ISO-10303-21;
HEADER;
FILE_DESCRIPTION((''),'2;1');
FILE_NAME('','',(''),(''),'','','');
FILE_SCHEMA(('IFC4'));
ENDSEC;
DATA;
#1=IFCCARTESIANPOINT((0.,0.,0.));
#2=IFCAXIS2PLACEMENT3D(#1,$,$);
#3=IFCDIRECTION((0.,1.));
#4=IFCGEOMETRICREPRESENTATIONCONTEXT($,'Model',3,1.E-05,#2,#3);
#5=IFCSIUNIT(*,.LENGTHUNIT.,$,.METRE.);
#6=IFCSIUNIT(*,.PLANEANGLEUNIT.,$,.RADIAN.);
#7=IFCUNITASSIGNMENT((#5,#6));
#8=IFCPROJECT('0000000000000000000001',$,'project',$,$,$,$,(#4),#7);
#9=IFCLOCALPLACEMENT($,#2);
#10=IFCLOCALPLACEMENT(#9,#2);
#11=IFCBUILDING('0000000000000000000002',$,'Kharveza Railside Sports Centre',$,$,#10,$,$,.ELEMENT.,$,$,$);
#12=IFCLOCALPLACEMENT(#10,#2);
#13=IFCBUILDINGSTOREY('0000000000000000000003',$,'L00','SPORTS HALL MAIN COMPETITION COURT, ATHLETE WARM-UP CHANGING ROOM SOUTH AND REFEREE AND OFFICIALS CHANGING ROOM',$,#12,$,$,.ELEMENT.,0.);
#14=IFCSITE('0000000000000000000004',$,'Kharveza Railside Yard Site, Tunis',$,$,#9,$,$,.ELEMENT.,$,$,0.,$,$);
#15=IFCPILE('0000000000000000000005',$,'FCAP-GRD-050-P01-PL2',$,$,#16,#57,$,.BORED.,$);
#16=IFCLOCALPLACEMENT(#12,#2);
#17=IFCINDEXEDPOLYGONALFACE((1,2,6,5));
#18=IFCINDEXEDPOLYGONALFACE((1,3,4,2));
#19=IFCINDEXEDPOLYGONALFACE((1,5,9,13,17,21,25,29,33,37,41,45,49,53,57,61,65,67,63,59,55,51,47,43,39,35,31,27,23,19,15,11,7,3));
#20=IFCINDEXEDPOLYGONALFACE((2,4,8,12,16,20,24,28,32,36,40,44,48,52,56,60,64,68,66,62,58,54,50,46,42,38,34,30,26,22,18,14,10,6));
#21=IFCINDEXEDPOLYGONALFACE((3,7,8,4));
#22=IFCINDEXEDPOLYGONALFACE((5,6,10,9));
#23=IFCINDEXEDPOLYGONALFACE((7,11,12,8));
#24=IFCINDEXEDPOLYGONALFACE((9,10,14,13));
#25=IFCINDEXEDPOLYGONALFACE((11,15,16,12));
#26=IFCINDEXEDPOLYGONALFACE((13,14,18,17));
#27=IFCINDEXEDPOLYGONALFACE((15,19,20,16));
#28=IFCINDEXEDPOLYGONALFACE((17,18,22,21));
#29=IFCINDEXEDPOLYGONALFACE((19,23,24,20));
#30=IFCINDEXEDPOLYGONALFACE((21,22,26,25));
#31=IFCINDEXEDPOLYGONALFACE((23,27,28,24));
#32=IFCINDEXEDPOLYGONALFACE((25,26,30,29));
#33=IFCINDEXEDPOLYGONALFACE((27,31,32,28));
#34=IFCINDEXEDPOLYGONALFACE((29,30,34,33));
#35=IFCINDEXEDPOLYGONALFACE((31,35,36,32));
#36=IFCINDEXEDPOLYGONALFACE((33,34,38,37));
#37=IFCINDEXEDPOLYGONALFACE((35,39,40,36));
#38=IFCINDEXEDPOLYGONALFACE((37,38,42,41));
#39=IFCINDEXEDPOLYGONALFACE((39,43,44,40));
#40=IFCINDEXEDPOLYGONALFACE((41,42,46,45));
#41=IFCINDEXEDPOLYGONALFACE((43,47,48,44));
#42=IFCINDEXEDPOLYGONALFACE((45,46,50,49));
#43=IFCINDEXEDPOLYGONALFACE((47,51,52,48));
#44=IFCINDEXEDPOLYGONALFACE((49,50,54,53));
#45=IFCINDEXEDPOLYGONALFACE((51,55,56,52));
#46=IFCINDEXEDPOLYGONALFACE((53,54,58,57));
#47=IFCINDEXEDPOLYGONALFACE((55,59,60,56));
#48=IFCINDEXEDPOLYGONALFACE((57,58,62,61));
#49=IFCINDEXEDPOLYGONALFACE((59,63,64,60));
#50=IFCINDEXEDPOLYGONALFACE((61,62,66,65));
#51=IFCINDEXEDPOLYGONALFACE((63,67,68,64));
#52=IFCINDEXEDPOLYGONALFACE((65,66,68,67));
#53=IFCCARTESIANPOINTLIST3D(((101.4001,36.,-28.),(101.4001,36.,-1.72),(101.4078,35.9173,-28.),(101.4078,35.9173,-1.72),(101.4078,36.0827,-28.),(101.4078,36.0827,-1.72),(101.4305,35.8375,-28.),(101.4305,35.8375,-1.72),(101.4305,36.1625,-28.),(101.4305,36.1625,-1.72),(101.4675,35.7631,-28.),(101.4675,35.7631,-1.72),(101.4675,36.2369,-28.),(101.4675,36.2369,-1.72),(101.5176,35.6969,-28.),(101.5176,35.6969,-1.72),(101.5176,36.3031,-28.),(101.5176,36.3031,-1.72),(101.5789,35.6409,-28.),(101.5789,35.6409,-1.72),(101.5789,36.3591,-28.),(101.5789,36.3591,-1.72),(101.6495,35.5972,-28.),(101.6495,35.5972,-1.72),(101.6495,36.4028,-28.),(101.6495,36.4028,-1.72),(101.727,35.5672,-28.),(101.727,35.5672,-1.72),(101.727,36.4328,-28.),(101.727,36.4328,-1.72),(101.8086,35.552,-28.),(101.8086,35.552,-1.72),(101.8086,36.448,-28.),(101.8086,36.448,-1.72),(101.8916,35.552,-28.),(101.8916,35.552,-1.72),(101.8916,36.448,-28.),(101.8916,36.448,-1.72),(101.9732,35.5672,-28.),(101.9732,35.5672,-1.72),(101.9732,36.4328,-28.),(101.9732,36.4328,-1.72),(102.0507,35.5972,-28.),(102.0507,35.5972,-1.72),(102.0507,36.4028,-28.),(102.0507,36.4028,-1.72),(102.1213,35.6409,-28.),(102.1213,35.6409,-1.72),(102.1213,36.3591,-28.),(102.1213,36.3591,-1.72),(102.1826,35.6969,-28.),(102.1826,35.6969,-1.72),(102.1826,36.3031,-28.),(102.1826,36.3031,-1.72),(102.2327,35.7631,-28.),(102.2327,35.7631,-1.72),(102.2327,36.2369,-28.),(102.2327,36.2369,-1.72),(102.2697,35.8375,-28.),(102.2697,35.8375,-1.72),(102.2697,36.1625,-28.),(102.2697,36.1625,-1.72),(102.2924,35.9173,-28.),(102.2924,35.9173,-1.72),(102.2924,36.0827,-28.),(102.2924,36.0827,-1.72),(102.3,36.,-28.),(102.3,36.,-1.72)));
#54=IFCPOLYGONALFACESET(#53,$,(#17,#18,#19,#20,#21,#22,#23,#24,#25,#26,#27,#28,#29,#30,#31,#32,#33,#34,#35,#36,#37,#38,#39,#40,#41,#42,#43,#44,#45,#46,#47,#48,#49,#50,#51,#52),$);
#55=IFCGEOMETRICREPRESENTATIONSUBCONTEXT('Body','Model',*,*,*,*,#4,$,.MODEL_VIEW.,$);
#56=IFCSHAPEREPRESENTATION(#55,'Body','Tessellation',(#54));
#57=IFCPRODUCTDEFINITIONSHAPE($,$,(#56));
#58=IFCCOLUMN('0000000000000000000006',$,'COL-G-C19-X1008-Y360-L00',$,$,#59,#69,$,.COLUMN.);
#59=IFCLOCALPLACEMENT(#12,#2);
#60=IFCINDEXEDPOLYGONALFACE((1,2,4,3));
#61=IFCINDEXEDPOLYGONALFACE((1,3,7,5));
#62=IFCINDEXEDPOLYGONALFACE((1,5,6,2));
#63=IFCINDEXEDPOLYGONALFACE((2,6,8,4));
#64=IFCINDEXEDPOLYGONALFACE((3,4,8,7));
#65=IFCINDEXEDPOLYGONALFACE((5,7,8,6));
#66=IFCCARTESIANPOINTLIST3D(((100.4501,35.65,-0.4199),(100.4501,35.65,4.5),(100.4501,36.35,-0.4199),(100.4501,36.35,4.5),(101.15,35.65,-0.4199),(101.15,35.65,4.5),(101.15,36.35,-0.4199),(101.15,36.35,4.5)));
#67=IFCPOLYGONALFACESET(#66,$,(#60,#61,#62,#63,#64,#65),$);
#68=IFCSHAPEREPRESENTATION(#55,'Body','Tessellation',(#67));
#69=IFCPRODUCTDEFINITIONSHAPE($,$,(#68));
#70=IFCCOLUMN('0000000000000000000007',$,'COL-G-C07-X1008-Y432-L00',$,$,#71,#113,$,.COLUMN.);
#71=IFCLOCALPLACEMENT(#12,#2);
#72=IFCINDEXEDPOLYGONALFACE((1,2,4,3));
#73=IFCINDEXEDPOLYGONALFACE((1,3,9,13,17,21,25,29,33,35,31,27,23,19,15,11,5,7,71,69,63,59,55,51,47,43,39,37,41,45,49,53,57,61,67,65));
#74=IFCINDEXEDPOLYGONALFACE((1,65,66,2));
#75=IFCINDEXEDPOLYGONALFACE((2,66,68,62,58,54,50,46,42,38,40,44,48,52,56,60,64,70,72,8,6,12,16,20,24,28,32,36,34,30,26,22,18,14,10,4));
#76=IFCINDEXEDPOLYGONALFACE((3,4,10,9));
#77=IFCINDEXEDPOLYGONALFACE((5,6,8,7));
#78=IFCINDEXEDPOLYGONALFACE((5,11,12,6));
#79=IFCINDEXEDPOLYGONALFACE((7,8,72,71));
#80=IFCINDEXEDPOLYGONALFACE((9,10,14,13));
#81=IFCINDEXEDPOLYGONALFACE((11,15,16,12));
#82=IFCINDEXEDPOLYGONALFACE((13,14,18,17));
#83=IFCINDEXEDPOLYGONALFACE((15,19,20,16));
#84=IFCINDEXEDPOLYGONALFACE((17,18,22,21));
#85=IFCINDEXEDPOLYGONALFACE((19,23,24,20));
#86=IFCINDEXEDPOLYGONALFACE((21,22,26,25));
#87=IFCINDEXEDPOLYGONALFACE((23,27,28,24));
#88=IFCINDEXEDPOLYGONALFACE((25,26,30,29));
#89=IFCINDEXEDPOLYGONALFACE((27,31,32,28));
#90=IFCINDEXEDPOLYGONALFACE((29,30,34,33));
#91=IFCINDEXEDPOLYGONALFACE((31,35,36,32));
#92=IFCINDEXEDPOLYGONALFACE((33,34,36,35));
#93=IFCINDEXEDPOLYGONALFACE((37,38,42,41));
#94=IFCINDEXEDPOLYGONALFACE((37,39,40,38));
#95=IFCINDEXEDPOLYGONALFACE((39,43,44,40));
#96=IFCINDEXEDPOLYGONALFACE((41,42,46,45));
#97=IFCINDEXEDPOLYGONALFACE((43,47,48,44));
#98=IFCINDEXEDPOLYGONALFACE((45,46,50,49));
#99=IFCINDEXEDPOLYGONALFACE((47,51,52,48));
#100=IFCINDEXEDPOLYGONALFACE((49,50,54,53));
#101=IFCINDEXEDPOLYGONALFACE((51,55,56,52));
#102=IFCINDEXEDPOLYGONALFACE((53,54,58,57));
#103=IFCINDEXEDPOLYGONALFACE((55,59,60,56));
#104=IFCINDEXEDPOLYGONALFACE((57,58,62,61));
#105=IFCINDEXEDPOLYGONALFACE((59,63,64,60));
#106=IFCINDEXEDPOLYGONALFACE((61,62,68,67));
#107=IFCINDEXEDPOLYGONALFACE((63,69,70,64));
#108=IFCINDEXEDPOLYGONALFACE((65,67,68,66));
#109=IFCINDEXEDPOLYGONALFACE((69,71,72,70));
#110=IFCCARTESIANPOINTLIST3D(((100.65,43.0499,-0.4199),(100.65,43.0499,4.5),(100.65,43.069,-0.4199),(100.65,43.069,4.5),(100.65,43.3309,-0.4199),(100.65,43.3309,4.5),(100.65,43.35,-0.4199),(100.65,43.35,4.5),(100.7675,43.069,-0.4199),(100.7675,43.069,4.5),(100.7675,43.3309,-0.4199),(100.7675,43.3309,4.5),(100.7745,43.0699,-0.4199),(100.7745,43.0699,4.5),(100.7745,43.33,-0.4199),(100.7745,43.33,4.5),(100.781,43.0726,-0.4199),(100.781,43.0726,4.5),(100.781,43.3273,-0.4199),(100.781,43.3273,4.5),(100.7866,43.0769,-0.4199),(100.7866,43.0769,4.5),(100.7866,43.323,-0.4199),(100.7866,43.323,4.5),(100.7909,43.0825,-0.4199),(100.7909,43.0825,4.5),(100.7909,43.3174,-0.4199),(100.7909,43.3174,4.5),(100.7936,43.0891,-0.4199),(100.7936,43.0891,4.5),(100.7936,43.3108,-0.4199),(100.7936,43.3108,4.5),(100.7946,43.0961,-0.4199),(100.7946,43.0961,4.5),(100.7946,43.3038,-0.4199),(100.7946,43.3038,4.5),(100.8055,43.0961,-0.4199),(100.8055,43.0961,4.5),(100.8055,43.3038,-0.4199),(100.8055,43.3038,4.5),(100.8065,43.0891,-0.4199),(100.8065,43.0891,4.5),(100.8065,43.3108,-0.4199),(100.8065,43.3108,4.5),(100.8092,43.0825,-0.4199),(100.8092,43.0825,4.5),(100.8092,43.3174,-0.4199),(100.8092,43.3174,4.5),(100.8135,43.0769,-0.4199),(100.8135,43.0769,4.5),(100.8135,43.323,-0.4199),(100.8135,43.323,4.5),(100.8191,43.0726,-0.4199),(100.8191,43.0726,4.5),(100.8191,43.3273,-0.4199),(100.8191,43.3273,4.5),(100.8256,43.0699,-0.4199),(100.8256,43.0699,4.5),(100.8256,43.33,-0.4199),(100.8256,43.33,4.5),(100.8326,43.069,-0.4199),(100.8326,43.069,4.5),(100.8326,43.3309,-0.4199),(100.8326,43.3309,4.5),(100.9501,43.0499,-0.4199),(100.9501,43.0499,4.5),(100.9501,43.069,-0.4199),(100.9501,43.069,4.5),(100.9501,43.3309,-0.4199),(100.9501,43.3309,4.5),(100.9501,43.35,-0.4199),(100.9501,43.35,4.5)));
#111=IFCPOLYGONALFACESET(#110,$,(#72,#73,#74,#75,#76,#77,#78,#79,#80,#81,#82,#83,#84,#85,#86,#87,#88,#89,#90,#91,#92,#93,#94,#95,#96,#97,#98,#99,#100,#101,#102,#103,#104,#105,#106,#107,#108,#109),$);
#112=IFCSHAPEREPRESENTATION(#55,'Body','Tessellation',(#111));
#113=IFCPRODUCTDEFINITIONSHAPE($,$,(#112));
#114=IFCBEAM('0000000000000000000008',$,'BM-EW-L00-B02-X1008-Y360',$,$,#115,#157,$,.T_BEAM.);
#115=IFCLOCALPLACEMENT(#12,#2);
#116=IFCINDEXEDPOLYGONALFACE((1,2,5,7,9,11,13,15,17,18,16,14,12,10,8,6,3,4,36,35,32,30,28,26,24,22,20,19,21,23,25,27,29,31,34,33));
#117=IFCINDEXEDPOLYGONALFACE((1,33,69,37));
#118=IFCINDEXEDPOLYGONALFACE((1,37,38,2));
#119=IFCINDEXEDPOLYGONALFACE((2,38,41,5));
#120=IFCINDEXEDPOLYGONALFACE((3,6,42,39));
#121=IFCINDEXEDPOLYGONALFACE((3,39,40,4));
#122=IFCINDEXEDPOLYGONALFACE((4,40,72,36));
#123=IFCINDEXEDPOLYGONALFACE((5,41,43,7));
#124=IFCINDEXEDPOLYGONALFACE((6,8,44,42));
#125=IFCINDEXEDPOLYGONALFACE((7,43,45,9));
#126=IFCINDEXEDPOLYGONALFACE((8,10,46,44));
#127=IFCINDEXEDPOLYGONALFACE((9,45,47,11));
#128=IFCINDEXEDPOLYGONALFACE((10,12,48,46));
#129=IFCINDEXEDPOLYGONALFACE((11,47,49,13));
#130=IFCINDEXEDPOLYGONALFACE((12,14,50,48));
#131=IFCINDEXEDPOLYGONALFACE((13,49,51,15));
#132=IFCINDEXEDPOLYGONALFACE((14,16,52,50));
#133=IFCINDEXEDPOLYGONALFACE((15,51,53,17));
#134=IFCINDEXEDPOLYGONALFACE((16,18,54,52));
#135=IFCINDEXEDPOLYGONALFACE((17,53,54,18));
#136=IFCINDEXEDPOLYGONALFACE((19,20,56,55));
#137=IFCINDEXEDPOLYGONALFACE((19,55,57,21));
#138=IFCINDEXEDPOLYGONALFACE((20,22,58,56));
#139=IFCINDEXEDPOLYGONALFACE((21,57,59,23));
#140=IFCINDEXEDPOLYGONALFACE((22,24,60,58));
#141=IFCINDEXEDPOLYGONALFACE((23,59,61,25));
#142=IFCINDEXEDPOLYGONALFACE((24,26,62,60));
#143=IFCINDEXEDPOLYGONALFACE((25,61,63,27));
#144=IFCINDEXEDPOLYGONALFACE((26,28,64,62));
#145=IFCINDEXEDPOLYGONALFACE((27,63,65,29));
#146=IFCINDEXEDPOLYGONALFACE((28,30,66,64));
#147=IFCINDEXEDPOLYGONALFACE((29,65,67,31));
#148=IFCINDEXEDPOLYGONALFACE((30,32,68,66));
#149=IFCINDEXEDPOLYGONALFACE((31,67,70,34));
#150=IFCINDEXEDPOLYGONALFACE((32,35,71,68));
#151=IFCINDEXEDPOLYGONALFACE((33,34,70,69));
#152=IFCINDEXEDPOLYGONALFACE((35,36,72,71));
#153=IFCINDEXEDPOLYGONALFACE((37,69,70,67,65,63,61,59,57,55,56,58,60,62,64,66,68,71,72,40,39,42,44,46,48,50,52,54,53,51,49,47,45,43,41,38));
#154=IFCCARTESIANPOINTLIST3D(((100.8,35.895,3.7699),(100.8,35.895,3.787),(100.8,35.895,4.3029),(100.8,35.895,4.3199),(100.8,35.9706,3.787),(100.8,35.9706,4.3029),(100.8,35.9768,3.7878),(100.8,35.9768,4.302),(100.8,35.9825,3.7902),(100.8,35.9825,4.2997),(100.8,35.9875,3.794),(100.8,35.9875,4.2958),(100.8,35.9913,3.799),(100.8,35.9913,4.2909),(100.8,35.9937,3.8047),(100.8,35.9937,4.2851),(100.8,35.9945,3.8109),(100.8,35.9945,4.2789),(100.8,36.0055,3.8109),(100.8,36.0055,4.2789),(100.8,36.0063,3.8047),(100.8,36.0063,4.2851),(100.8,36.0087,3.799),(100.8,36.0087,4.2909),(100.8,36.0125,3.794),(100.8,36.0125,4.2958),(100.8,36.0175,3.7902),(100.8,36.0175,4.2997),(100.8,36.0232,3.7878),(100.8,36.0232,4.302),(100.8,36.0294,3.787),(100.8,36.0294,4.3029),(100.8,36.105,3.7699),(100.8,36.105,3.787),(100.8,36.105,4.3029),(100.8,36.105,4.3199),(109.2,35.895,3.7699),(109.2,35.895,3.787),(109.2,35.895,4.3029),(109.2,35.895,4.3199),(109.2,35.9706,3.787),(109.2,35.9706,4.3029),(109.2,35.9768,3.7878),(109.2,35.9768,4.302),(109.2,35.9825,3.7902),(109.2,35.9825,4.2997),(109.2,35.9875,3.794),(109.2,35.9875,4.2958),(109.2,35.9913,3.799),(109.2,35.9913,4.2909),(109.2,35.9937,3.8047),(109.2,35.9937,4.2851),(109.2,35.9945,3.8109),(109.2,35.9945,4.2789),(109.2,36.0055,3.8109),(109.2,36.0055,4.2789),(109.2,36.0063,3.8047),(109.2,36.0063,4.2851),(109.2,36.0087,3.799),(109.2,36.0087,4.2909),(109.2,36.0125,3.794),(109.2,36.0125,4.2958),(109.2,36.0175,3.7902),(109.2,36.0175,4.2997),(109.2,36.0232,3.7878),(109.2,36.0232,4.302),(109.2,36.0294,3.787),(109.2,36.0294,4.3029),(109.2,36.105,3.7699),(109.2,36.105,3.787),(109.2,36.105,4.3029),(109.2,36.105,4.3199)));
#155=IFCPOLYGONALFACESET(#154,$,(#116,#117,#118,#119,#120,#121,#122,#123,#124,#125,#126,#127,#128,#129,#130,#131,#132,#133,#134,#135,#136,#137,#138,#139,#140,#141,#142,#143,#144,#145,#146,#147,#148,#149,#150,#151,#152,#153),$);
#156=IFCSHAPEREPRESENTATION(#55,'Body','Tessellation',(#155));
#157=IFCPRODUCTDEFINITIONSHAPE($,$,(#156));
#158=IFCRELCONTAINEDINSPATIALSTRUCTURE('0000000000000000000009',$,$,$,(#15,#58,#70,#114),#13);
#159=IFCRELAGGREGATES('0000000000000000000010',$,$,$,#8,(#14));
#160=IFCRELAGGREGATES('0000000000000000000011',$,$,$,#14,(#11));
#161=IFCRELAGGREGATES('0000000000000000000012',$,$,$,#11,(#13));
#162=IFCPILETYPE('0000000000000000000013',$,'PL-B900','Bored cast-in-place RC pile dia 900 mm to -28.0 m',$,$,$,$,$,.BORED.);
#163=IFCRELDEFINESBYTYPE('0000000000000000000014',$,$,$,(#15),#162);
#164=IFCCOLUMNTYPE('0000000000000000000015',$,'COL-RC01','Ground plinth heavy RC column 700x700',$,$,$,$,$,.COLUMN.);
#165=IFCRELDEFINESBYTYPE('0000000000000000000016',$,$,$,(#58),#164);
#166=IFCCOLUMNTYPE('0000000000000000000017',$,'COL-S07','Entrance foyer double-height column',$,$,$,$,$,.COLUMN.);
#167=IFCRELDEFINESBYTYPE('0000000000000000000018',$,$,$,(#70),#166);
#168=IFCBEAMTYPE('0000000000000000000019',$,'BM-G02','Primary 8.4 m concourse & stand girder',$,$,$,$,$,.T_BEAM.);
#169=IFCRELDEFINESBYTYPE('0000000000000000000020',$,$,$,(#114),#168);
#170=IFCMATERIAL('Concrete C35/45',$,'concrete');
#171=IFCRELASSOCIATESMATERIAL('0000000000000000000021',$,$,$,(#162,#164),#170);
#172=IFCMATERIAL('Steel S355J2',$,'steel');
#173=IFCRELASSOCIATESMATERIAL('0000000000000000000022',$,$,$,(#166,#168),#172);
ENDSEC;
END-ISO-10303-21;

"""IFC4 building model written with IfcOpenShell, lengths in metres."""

from ifc_helpers import new_model, si_unit, direction, frame, origin, origin_2d, place, context, subcontext, project, spatial, rectangle, circle, i_section, extrude, material, material_profile, profile_set, type_object, element, save


model = new_model("IFC4")

# Units and contexts
model_context = context("Model", 3, precision=1e-05, world=origin(), true_north=direction((0.0, 1.0)))
body_context = subcontext(model_context, "Body", "Model", "MODEL_VIEW")
ifc_project = project(units=[si_unit("LENGTHUNIT", "METRE"), si_unit("PLANEANGLEUNIT", "RADIAN")], contexts=[model_context])

# Site, building, storey
site_placement = place(None, origin())
site = spatial("IfcSite", under=ifc_project, at=site_placement, Name="Kharveza Railside Yard Site, Tunis", CompositionType="ELEMENT", RefElevation=0.0)
building_placement = place(site_placement, origin())
building = spatial("IfcBuilding", under=site, at=building_placement, Name="Kharveza Railside Sports Centre", CompositionType="ELEMENT")
storey_placement = place(building_placement, origin())
storey = spatial("IfcBuildingStorey", under=building, at=storey_placement, Name="L00", Description="SPORTS HALL MAIN COMPETITION COURT, ATHLETE WARM-UP CHANGING ROOM SOUTH AND REFEREE AND OFFICIALS CHANGING ROOM", CompositionType="ELEMENT", Elevation=0.0)

# Shared definitions
ifc_material_1 = material(Name="Concrete C35/45", Category="concrete")

# Pile
ifc_material_profile_1 = material_profile(ifc_material_1, circle(Radius=0.45, at=origin_2d()), Name="PILE D900")
ifc_profile_set_1 = profile_set([ifc_material_profile_1], Name="Concrete C35/45")
pile_type_1 = type_object("IfcPileType", Name="PL-B900", Description="Bored cast-in-place RC pile dia 900 mm to -28.0 m", PredefinedType="BORED", material=ifc_profile_set_1)
for number, where, z_axis, x_axis, name in (
    (1, (101.8501, 36.0, -1.72), (0.0, 0.0, -1.0), (1.0, 0.0, 0.0), "FCAP-GRD-050-P01-PL2"),
):
    element("IfcPile", number, at=place(storey_placement, frame(where, z_axis=z_axis, x_axis=x_axis)), inside=storey, type_object=pile_type_1, Name=name, PredefinedType="BORED", context=body_context, shape_type="SweptSolid", body=[
        extrude(circle(Radius=0.45, at=origin_2d()), origin(), (0.0, 0.0, 1.0), 26.28),
    ])

# Columns
ifc_material_profile_2 = material_profile(ifc_material_1, rectangle(XDim=0.7, YDim=0.7, at=origin_2d()), Name="RC 700x700")
ifc_profile_set_2 = profile_set([ifc_material_profile_2], Name="Concrete C35/45")
column_type_1 = type_object("IfcColumnType", Name="COL-RC01", Description="Ground plinth heavy RC column 700x700", PredefinedType="COLUMN", material=ifc_profile_set_2)
column_1_placement = place(storey_placement, frame((100.8, 36.0, -0.4199), z_axis=(0.0, 0.0, 1.0), x_axis=(1.0, 0.0, 0.0)))
element("IfcColumn", 2, at=column_1_placement, inside=storey, type_object=column_type_1, Name="COL-G-C19-X1008-Y360-L00", PredefinedType="COLUMN", context=body_context, shape_type="SweptSolid", body=[
    extrude(rectangle(XDim=0.7, YDim=0.7, at=origin_2d()), origin(), (0.0, 0.0, 1.0), 4.9199),
])
ifc_material_2 = material(Name="Steel S355J2", Category="steel")
ifc_material_profile_3 = material_profile(ifc_material_2, i_section(OverallWidth=0.3, OverallDepth=0.3, WebThickness=0.011, FlangeThickness=0.019, FilletRadius=0.0271, at=origin_2d()), Name="HEB 300")
ifc_profile_set_3 = profile_set([ifc_material_profile_3], Name="Steel S355J2")
column_type_2 = type_object("IfcColumnType", Name="COL-S07", Description="Entrance foyer double-height column", PredefinedType="COLUMN", material=ifc_profile_set_3)
column_2_placement = place(storey_placement, frame((100.8, 43.2, -0.4199), z_axis=(0.0, 0.0, 1.0), x_axis=(1.0, 0.0, 0.0)))
element("IfcColumn", 3, at=column_2_placement, inside=storey, type_object=column_type_2, Name="COL-G-C07-X1008-Y432-L00", PredefinedType="COLUMN", context=body_context, shape_type="SweptSolid", body=[
    extrude(i_section(OverallWidth=0.3, OverallDepth=0.3, WebThickness=0.011, FlangeThickness=0.019, FilletRadius=0.0271, at=origin_2d()), origin(), (0.0, 0.0, 1.0), 4.9199),
])

# Beam
ifc_material_profile_4 = material_profile(ifc_material_2, i_section(OverallWidth=0.21, OverallDepth=0.55, WebThickness=0.011, FlangeThickness=0.0171, FilletRadius=0.0239, at=origin_2d()), Name="IPE 550")
ifc_profile_set_4 = profile_set([ifc_material_profile_4], Name="Steel S355J2")
beam_type_1 = type_object("IfcBeamType", Name="BM-G02", Description="Primary 8.4 m concourse & stand girder", PredefinedType="T_BEAM", material=ifc_profile_set_4)
beam_1_placement = place(storey_placement, frame((100.8, 36.0, 4.0449), z_axis=(1.0, 0.0, 0.0), x_axis=(0.0, 1.0, 0.0)))
element("IfcBeam", 4, at=beam_1_placement, inside=storey, type_object=beam_type_1, Name="BM-EW-L00-B02-X1008-Y360", PredefinedType="T_BEAM", context=body_context, shape_type="SweptSolid", body=[
    extrude(i_section(OverallWidth=0.21, OverallDepth=0.55, WebThickness=0.011, FlangeThickness=0.0171, FilletRadius=0.0239, at=origin_2d()), origin(), (0.0, 0.0, 1.0), 8.3999),
])

save(model, "model.ifc")
